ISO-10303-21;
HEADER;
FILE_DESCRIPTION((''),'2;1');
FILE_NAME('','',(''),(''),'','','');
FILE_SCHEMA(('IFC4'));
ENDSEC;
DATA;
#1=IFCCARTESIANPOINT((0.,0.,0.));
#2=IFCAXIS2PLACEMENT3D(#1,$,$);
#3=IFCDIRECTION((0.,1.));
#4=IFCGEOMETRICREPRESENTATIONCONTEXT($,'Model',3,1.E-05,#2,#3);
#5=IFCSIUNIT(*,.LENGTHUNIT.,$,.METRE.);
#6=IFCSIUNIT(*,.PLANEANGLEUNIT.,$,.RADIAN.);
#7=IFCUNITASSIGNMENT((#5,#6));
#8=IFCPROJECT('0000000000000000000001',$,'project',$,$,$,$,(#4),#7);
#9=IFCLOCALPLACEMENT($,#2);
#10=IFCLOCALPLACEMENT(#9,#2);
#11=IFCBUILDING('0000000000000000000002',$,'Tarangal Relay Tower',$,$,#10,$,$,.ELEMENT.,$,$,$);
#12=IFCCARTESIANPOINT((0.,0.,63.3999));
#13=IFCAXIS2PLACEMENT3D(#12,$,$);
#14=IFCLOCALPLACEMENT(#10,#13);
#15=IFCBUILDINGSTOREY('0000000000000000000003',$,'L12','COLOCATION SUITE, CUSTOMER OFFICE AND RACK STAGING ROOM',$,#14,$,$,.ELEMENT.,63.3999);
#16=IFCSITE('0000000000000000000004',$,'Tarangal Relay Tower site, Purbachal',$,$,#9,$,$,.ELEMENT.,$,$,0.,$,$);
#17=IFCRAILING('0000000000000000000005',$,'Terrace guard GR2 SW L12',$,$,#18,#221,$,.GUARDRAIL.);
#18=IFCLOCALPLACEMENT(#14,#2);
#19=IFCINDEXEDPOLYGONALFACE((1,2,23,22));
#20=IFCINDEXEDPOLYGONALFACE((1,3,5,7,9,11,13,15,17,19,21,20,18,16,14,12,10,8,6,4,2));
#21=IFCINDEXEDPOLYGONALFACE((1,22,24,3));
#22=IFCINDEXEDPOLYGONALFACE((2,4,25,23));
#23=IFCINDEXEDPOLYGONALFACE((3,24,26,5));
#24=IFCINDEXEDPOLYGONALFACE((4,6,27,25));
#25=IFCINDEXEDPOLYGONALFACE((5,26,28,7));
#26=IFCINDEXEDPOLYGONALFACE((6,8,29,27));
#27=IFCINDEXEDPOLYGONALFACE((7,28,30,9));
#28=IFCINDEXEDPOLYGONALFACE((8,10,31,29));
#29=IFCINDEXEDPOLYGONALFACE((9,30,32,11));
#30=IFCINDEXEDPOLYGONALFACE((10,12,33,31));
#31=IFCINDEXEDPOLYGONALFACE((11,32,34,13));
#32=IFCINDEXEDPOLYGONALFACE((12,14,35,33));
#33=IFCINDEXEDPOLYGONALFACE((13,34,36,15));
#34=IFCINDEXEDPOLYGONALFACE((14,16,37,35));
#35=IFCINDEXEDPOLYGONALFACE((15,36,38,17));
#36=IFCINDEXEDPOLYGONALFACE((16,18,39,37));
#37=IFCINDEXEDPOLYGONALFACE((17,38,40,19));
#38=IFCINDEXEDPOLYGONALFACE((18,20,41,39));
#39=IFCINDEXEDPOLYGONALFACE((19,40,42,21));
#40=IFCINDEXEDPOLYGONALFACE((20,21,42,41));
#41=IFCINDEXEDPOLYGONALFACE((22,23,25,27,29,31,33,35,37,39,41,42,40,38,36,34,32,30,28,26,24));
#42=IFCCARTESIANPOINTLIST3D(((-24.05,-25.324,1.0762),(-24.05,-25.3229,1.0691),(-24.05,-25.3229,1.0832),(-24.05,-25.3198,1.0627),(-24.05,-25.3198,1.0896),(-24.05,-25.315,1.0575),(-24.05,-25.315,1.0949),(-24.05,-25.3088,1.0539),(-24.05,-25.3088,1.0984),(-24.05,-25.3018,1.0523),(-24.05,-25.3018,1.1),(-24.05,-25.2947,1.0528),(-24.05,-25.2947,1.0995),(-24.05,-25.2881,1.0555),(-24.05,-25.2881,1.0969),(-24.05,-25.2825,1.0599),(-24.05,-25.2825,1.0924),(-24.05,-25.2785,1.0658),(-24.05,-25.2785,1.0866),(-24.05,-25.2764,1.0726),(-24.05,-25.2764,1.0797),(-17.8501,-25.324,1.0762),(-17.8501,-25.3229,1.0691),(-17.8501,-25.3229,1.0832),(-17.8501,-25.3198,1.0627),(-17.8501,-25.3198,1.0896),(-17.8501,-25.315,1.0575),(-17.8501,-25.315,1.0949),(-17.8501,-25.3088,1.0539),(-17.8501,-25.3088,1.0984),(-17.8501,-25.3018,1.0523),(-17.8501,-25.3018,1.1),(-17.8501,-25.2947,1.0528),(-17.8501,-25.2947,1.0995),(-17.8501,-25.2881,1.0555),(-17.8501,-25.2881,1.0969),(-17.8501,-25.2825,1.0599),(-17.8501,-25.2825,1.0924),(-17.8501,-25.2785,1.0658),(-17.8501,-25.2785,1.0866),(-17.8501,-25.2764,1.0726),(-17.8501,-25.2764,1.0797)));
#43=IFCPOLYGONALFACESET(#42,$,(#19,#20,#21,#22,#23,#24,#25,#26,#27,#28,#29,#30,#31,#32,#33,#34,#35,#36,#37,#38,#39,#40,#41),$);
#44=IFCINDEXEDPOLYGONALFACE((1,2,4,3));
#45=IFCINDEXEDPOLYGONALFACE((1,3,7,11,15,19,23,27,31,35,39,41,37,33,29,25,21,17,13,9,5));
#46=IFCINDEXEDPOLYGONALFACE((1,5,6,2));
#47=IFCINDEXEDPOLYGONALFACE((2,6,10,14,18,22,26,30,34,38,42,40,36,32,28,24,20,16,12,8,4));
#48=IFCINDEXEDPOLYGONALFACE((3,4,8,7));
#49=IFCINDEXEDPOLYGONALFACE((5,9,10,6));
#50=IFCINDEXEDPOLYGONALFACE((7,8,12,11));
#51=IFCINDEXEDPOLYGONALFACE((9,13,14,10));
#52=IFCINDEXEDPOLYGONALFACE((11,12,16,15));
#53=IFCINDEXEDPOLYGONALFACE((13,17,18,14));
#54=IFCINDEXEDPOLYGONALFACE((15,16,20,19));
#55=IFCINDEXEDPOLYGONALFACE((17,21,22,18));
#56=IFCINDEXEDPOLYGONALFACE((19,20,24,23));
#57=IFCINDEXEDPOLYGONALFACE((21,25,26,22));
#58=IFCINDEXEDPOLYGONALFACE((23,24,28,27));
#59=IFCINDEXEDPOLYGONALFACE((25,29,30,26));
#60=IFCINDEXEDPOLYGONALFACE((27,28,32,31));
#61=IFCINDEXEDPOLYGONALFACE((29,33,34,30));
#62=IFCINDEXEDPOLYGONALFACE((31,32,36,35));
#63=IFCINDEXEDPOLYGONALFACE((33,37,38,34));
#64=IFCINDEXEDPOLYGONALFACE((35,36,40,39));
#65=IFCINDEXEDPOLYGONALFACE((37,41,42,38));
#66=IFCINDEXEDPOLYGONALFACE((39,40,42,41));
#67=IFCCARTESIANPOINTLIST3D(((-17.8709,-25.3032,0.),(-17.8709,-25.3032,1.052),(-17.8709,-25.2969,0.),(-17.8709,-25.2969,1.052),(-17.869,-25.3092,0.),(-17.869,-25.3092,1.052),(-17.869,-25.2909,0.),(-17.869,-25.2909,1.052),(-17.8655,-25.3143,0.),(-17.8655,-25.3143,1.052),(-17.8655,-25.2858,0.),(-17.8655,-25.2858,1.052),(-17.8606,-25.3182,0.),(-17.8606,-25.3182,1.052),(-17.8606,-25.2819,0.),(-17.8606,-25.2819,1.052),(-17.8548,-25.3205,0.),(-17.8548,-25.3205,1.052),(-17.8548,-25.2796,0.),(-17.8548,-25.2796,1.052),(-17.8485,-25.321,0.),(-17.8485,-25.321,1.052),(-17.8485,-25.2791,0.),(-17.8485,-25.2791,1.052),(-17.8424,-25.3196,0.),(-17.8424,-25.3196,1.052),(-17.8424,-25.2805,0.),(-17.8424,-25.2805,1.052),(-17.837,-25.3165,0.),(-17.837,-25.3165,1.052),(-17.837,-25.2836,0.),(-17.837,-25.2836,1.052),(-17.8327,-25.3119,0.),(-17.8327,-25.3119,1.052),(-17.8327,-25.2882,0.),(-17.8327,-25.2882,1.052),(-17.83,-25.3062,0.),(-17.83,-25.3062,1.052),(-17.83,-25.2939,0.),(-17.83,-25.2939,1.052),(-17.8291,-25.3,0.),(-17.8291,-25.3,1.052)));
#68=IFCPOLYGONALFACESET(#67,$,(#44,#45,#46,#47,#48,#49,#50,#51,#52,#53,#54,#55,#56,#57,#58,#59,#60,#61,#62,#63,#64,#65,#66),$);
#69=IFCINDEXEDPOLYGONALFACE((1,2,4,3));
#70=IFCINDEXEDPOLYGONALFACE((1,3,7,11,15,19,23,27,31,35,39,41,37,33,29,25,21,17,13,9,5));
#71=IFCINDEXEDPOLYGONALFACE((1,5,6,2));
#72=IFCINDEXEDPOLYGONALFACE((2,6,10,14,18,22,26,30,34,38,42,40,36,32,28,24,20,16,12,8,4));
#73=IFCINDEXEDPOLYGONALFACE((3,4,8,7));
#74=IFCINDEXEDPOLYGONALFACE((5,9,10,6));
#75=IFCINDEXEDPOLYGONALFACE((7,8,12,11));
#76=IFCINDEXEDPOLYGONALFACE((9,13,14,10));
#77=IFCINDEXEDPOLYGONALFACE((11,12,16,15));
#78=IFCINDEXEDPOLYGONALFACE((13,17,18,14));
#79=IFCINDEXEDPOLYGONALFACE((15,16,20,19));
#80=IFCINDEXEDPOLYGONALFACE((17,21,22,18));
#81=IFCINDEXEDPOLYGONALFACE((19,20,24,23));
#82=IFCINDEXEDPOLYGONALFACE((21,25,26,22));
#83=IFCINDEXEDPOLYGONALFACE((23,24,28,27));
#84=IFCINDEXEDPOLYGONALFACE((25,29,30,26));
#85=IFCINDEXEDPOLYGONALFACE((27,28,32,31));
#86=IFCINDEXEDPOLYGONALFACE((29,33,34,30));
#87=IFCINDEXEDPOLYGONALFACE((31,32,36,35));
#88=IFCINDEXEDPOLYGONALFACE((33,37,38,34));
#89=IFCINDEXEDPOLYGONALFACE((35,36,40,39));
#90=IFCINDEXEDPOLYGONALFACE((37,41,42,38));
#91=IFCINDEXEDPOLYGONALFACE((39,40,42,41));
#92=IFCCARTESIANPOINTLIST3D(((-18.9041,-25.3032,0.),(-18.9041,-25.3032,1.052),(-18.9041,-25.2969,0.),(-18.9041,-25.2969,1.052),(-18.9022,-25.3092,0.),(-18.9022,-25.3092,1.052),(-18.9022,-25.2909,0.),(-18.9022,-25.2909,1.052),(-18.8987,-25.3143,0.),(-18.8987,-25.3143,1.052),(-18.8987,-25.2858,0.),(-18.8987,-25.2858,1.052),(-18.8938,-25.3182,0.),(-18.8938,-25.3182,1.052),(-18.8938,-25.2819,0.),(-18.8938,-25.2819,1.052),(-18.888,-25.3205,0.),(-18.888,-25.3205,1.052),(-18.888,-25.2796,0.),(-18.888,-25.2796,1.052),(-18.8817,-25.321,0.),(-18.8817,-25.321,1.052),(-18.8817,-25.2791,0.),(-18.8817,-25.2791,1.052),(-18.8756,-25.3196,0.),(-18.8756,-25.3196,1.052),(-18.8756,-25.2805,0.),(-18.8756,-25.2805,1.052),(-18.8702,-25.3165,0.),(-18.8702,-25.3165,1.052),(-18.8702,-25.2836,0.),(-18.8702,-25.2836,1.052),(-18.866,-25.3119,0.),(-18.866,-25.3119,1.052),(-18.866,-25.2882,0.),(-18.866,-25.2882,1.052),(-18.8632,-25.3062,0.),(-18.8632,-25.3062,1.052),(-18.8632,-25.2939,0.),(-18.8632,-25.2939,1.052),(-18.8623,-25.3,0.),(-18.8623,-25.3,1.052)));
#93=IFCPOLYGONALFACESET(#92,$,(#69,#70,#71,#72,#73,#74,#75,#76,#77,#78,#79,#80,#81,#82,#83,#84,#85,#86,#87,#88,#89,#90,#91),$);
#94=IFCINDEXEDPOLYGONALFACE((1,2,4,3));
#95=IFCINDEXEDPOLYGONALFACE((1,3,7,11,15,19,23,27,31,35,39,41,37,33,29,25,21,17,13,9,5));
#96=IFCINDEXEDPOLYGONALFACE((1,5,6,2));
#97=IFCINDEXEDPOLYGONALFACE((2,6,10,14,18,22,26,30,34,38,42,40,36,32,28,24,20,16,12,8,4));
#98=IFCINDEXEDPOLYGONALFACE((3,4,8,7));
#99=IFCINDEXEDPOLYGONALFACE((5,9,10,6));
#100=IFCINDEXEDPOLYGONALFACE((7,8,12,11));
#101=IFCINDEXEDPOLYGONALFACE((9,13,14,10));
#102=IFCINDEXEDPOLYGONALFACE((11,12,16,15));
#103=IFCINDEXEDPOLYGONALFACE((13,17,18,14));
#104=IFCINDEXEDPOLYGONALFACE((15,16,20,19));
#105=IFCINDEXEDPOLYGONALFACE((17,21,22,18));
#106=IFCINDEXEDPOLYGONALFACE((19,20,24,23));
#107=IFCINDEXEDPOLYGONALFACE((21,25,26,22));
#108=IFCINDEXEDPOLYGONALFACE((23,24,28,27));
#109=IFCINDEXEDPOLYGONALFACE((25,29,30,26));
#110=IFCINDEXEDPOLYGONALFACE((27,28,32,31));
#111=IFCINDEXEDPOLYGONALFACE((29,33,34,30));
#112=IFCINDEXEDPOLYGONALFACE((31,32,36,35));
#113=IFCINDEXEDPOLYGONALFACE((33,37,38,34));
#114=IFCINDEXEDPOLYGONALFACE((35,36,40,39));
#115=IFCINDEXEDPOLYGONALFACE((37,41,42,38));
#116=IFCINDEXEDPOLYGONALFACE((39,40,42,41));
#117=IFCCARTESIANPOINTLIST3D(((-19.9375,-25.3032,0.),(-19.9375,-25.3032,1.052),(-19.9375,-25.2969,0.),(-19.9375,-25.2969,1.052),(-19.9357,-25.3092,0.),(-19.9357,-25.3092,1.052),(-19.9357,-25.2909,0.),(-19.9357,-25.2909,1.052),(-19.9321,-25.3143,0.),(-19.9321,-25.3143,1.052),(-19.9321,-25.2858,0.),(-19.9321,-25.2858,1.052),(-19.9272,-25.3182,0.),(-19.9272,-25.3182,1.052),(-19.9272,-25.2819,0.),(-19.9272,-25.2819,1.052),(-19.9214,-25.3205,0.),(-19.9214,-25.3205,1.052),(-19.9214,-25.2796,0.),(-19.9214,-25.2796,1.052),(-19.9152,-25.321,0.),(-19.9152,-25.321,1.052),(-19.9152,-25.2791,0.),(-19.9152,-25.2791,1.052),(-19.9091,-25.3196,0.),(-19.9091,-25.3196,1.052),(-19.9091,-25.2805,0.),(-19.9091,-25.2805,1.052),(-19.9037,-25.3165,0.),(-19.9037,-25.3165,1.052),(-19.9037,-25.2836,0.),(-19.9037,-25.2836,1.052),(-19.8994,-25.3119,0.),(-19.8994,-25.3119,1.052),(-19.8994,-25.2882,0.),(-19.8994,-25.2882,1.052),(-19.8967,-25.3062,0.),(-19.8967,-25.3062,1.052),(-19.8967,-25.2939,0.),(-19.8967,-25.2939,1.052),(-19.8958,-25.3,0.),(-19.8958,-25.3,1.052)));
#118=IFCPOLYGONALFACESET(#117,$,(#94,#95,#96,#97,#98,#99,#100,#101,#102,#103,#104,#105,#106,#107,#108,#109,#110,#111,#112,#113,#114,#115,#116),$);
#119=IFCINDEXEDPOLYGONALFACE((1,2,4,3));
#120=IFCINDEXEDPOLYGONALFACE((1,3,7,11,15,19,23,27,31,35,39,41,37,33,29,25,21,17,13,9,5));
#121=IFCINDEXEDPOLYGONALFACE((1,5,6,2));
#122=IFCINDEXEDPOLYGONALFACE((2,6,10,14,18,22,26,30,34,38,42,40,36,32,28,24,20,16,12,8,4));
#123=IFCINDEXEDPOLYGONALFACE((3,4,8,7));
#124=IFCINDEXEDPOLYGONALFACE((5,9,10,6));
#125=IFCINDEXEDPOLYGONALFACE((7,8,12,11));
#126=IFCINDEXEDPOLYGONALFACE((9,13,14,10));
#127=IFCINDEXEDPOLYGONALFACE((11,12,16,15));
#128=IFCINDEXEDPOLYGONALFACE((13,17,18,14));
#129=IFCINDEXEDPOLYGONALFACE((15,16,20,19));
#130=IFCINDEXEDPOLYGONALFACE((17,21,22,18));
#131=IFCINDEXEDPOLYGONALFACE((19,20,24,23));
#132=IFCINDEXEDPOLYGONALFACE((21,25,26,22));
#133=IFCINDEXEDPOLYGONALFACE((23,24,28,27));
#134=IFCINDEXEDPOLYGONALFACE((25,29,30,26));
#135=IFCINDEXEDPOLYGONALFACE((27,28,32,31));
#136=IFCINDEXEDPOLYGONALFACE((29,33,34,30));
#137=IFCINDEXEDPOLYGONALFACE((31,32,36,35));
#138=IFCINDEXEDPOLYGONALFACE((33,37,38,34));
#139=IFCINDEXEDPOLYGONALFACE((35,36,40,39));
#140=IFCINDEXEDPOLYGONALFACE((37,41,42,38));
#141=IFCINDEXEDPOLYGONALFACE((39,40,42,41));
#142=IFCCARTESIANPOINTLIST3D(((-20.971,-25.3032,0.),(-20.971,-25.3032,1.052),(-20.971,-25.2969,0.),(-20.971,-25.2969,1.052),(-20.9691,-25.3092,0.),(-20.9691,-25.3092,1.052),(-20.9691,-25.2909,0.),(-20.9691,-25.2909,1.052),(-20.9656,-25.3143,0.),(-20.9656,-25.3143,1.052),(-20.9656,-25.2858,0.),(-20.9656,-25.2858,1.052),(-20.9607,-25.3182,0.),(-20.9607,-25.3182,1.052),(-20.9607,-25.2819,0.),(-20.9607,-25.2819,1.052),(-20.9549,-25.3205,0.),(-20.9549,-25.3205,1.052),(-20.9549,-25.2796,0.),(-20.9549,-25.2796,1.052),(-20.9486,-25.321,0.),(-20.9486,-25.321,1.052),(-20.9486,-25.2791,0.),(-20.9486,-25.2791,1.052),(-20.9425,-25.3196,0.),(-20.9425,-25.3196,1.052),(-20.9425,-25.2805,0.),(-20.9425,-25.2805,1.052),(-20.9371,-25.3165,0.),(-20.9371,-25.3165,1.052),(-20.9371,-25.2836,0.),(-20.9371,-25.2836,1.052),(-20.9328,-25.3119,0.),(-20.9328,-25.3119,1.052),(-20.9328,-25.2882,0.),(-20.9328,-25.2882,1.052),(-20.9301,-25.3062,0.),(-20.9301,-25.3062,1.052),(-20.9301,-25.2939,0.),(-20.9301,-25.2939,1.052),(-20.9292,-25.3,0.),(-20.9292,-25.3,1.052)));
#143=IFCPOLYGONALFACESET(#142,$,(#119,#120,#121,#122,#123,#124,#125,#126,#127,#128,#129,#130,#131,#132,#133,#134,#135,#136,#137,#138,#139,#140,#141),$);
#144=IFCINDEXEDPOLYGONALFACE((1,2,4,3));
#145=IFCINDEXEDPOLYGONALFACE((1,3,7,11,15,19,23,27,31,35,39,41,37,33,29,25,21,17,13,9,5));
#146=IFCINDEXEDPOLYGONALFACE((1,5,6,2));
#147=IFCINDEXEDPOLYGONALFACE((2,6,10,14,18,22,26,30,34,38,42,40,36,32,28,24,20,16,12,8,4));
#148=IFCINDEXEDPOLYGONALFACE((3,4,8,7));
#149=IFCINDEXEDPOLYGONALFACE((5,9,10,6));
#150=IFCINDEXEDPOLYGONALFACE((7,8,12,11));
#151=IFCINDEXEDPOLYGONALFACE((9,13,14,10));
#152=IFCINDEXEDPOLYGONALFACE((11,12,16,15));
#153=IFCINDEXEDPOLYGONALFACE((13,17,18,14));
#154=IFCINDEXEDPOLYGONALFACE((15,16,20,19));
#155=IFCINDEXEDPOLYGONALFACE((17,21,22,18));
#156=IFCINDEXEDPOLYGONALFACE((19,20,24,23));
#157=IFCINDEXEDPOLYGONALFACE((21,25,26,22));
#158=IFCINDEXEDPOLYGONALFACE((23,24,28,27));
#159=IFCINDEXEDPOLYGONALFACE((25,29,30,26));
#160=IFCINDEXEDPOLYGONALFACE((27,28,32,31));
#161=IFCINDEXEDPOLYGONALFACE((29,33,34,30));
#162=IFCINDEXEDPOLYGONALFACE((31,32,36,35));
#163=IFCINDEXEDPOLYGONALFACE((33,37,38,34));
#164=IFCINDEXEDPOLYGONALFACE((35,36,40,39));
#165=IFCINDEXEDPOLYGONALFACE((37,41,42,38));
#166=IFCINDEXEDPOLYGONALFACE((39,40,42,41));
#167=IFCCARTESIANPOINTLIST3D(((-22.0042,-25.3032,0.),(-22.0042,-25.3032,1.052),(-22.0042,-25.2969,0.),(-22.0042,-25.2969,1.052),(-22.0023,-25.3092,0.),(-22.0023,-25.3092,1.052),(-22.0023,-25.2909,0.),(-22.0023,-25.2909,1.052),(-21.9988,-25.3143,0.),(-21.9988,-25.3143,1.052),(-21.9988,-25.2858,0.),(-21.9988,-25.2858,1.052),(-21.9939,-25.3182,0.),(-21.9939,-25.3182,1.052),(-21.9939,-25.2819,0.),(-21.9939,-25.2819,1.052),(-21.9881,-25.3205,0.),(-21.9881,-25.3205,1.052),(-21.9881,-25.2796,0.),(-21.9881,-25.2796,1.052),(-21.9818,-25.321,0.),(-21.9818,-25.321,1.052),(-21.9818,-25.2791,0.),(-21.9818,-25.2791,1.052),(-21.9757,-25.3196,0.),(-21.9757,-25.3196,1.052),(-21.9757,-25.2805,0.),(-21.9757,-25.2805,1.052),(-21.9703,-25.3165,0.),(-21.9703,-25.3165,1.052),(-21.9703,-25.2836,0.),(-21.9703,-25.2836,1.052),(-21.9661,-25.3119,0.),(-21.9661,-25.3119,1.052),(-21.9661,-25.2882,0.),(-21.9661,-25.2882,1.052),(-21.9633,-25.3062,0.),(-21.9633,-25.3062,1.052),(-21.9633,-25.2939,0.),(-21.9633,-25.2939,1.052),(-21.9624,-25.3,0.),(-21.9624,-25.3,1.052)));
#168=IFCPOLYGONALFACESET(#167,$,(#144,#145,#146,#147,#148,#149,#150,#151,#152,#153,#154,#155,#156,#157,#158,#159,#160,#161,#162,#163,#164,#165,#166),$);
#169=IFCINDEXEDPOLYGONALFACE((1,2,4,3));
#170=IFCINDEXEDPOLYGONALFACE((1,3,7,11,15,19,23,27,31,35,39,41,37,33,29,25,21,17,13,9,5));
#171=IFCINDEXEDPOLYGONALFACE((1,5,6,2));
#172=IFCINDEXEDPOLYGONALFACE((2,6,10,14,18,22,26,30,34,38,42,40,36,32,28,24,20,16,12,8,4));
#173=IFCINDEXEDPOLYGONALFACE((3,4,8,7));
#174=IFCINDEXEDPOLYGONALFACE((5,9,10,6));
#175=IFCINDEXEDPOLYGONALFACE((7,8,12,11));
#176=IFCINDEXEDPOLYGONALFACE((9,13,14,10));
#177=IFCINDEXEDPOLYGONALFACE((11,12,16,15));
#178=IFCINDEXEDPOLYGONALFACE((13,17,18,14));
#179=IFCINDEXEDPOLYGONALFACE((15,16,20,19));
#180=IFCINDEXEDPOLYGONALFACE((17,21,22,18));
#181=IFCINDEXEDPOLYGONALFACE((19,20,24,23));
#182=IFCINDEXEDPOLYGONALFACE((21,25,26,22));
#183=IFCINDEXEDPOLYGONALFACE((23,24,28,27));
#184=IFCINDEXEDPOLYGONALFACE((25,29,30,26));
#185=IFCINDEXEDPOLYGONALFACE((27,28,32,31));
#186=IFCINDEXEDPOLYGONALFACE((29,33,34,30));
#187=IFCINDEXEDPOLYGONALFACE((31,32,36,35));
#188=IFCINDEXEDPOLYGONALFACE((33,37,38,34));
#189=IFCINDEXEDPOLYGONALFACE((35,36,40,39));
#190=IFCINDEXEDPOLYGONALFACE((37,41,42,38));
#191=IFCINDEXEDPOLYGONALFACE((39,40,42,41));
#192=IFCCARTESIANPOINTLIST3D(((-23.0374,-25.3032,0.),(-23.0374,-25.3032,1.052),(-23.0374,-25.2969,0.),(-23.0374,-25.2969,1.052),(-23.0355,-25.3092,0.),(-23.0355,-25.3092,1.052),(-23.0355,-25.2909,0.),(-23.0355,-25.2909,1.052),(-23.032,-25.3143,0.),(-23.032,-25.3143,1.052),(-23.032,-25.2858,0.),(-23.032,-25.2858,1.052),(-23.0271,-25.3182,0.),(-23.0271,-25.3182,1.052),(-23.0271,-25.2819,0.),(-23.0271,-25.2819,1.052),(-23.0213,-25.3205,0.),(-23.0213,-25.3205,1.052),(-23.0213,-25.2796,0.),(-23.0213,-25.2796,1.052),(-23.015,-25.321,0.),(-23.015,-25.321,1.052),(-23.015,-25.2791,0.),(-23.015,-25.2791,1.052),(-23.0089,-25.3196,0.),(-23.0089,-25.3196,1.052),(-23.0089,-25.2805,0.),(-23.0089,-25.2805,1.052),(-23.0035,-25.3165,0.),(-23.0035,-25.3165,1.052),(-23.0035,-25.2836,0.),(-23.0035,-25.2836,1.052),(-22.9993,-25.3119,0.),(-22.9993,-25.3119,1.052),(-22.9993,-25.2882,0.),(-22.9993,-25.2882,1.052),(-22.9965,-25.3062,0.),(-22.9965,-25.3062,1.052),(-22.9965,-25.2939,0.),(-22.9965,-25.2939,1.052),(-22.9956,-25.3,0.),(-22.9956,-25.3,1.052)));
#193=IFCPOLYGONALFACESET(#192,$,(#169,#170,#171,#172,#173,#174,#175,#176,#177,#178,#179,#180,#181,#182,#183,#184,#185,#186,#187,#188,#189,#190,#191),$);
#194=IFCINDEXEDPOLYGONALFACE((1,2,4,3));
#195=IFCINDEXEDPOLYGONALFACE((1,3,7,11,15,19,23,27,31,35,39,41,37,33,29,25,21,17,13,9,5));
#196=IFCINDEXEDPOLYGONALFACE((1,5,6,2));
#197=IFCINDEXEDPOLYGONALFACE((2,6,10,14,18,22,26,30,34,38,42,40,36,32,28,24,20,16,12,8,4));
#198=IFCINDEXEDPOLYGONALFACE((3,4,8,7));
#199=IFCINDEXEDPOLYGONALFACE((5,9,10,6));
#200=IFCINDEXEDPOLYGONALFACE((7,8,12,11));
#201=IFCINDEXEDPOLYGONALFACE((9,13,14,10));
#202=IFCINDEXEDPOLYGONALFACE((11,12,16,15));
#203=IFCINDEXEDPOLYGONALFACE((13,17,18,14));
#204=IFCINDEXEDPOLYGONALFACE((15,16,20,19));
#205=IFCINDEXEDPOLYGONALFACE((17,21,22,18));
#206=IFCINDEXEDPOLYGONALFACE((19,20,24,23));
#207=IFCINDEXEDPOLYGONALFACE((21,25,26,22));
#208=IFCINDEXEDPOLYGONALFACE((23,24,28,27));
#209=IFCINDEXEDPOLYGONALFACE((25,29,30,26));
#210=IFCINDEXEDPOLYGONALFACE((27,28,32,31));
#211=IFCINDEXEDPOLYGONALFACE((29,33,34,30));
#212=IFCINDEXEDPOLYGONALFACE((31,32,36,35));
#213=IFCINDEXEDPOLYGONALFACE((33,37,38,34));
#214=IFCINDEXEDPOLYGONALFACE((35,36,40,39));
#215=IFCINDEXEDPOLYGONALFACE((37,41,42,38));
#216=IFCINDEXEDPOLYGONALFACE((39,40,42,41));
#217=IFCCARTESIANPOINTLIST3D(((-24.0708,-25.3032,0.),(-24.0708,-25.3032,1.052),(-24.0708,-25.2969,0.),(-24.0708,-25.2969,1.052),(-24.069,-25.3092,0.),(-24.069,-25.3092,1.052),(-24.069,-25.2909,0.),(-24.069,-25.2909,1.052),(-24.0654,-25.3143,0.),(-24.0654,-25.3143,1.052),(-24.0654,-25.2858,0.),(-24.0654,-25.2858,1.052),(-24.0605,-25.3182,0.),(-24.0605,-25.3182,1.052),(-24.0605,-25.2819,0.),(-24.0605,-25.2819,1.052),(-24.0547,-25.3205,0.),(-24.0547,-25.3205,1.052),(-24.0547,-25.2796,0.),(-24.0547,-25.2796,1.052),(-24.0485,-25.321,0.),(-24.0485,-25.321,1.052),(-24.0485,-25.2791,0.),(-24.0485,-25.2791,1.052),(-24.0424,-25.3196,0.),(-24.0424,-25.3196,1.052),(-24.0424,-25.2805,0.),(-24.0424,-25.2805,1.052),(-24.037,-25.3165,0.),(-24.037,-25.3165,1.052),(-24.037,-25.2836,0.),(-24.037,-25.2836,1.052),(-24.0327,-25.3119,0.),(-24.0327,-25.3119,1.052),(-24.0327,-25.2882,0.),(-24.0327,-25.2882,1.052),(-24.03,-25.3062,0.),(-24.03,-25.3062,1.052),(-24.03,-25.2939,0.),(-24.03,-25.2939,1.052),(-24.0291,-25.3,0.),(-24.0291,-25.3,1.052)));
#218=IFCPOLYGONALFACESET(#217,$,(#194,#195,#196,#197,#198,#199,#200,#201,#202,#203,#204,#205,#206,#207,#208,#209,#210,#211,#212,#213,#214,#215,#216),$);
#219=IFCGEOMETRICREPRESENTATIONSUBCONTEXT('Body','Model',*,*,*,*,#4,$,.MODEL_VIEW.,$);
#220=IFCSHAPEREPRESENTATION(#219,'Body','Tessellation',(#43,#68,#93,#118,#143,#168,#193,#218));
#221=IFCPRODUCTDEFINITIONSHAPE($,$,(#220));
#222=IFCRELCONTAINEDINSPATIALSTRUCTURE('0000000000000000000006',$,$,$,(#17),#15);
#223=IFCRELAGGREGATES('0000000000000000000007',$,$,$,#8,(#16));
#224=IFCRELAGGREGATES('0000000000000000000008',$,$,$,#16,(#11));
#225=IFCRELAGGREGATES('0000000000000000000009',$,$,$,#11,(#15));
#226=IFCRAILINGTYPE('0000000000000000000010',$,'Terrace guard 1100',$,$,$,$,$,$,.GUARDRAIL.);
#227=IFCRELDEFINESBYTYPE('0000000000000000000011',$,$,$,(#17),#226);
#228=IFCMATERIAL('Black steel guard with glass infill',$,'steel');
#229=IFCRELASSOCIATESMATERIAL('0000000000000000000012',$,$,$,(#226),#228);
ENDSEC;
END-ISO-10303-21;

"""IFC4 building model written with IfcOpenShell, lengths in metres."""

from ifc_helpers import new_model, si_unit, direction, frame, origin, origin_2d, place, context, subcontext, project, spatial, circle, extrude, material, type_object, element, save


model = new_model("IFC4")

# Units and contexts
model_context = context("Model", 3, precision=1e-05, world=origin(), true_north=direction((0.0, 1.0)))
body_context = subcontext(model_context, "Body", "Model", "MODEL_VIEW")
ifc_project = project(units=[si_unit("LENGTHUNIT", "METRE"), si_unit("PLANEANGLEUNIT", "RADIAN")], contexts=[model_context])

# Site, building, storey
site_placement = place(None, origin())
site = spatial("IfcSite", under=ifc_project, at=site_placement, Name="Tarangal Relay Tower site, Purbachal", CompositionType="ELEMENT", RefElevation=0.0)
building_placement = place(site_placement, origin())
building = spatial("IfcBuilding", under=site, at=building_placement, Name="Tarangal Relay Tower", CompositionType="ELEMENT")
storey_placement = place(building_placement, frame((0.0, 0.0, 63.3999)))
storey = spatial("IfcBuildingStorey", under=building, at=storey_placement, Name="L12", Description="COLOCATION SUITE, CUSTOMER OFFICE AND RACK STAGING ROOM", CompositionType="ELEMENT", Elevation=63.3999)

# Railing
ifc_material_1 = material(Name="Black steel guard with glass infill", Category="steel")
railing_type = type_object("IfcRailingType", Name="Terrace guard 1100", PredefinedType="GUARDRAIL", material=ifc_material_1)
railing_1_placement = place(storey_placement, frame((-17.8501, -25.3, 0.0)))
element("IfcRailing", 1, at=railing_1_placement, inside=storey, type_object=railing_type, Name="Terrace guard GR2 SW L12", PredefinedType="GUARDRAIL", context=body_context, shape_type="SweptSolid", body=[
    extrude(circle(Radius=0.0239, at=origin_2d()), frame((0.0, 0.0, 1.0762), z_axis=(-1.0, 0.0, 0.0), x_axis=(0.0, -1.0, 0.0)), (0.0, 0.0, 1.0), 6.2),
    extrude(circle(Radius=0.021, at=origin_2d()), origin(), (0.0, 0.0, 1.0), 1.052),
    extrude(circle(Radius=0.021, at=origin_2d()), frame((-1.0332, 0.0, 0.0)), (0.0, 0.0, 1.0), 1.052),
    extrude(circle(Radius=0.021, at=origin_2d()), frame((-2.0667, 0.0, 0.0)), (0.0, 0.0, 1.0), 1.052),
    extrude(circle(Radius=0.021, at=origin_2d()), frame((-3.1001, 0.0, 0.0)), (0.0, 0.0, 1.0), 1.052),
    extrude(circle(Radius=0.021, at=origin_2d()), frame((-4.1333, 0.0, 0.0)), (0.0, 0.0, 1.0), 1.052),
    extrude(circle(Radius=0.021, at=origin_2d()), frame((-5.1665, 0.0, 0.0)), (0.0, 0.0, 1.0), 1.052),
    extrude(circle(Radius=0.021, at=origin_2d()), frame((-6.2, 0.0, 0.0)), (0.0, 0.0, 1.0), 1.052),
])

save(model, "model.ifc")
